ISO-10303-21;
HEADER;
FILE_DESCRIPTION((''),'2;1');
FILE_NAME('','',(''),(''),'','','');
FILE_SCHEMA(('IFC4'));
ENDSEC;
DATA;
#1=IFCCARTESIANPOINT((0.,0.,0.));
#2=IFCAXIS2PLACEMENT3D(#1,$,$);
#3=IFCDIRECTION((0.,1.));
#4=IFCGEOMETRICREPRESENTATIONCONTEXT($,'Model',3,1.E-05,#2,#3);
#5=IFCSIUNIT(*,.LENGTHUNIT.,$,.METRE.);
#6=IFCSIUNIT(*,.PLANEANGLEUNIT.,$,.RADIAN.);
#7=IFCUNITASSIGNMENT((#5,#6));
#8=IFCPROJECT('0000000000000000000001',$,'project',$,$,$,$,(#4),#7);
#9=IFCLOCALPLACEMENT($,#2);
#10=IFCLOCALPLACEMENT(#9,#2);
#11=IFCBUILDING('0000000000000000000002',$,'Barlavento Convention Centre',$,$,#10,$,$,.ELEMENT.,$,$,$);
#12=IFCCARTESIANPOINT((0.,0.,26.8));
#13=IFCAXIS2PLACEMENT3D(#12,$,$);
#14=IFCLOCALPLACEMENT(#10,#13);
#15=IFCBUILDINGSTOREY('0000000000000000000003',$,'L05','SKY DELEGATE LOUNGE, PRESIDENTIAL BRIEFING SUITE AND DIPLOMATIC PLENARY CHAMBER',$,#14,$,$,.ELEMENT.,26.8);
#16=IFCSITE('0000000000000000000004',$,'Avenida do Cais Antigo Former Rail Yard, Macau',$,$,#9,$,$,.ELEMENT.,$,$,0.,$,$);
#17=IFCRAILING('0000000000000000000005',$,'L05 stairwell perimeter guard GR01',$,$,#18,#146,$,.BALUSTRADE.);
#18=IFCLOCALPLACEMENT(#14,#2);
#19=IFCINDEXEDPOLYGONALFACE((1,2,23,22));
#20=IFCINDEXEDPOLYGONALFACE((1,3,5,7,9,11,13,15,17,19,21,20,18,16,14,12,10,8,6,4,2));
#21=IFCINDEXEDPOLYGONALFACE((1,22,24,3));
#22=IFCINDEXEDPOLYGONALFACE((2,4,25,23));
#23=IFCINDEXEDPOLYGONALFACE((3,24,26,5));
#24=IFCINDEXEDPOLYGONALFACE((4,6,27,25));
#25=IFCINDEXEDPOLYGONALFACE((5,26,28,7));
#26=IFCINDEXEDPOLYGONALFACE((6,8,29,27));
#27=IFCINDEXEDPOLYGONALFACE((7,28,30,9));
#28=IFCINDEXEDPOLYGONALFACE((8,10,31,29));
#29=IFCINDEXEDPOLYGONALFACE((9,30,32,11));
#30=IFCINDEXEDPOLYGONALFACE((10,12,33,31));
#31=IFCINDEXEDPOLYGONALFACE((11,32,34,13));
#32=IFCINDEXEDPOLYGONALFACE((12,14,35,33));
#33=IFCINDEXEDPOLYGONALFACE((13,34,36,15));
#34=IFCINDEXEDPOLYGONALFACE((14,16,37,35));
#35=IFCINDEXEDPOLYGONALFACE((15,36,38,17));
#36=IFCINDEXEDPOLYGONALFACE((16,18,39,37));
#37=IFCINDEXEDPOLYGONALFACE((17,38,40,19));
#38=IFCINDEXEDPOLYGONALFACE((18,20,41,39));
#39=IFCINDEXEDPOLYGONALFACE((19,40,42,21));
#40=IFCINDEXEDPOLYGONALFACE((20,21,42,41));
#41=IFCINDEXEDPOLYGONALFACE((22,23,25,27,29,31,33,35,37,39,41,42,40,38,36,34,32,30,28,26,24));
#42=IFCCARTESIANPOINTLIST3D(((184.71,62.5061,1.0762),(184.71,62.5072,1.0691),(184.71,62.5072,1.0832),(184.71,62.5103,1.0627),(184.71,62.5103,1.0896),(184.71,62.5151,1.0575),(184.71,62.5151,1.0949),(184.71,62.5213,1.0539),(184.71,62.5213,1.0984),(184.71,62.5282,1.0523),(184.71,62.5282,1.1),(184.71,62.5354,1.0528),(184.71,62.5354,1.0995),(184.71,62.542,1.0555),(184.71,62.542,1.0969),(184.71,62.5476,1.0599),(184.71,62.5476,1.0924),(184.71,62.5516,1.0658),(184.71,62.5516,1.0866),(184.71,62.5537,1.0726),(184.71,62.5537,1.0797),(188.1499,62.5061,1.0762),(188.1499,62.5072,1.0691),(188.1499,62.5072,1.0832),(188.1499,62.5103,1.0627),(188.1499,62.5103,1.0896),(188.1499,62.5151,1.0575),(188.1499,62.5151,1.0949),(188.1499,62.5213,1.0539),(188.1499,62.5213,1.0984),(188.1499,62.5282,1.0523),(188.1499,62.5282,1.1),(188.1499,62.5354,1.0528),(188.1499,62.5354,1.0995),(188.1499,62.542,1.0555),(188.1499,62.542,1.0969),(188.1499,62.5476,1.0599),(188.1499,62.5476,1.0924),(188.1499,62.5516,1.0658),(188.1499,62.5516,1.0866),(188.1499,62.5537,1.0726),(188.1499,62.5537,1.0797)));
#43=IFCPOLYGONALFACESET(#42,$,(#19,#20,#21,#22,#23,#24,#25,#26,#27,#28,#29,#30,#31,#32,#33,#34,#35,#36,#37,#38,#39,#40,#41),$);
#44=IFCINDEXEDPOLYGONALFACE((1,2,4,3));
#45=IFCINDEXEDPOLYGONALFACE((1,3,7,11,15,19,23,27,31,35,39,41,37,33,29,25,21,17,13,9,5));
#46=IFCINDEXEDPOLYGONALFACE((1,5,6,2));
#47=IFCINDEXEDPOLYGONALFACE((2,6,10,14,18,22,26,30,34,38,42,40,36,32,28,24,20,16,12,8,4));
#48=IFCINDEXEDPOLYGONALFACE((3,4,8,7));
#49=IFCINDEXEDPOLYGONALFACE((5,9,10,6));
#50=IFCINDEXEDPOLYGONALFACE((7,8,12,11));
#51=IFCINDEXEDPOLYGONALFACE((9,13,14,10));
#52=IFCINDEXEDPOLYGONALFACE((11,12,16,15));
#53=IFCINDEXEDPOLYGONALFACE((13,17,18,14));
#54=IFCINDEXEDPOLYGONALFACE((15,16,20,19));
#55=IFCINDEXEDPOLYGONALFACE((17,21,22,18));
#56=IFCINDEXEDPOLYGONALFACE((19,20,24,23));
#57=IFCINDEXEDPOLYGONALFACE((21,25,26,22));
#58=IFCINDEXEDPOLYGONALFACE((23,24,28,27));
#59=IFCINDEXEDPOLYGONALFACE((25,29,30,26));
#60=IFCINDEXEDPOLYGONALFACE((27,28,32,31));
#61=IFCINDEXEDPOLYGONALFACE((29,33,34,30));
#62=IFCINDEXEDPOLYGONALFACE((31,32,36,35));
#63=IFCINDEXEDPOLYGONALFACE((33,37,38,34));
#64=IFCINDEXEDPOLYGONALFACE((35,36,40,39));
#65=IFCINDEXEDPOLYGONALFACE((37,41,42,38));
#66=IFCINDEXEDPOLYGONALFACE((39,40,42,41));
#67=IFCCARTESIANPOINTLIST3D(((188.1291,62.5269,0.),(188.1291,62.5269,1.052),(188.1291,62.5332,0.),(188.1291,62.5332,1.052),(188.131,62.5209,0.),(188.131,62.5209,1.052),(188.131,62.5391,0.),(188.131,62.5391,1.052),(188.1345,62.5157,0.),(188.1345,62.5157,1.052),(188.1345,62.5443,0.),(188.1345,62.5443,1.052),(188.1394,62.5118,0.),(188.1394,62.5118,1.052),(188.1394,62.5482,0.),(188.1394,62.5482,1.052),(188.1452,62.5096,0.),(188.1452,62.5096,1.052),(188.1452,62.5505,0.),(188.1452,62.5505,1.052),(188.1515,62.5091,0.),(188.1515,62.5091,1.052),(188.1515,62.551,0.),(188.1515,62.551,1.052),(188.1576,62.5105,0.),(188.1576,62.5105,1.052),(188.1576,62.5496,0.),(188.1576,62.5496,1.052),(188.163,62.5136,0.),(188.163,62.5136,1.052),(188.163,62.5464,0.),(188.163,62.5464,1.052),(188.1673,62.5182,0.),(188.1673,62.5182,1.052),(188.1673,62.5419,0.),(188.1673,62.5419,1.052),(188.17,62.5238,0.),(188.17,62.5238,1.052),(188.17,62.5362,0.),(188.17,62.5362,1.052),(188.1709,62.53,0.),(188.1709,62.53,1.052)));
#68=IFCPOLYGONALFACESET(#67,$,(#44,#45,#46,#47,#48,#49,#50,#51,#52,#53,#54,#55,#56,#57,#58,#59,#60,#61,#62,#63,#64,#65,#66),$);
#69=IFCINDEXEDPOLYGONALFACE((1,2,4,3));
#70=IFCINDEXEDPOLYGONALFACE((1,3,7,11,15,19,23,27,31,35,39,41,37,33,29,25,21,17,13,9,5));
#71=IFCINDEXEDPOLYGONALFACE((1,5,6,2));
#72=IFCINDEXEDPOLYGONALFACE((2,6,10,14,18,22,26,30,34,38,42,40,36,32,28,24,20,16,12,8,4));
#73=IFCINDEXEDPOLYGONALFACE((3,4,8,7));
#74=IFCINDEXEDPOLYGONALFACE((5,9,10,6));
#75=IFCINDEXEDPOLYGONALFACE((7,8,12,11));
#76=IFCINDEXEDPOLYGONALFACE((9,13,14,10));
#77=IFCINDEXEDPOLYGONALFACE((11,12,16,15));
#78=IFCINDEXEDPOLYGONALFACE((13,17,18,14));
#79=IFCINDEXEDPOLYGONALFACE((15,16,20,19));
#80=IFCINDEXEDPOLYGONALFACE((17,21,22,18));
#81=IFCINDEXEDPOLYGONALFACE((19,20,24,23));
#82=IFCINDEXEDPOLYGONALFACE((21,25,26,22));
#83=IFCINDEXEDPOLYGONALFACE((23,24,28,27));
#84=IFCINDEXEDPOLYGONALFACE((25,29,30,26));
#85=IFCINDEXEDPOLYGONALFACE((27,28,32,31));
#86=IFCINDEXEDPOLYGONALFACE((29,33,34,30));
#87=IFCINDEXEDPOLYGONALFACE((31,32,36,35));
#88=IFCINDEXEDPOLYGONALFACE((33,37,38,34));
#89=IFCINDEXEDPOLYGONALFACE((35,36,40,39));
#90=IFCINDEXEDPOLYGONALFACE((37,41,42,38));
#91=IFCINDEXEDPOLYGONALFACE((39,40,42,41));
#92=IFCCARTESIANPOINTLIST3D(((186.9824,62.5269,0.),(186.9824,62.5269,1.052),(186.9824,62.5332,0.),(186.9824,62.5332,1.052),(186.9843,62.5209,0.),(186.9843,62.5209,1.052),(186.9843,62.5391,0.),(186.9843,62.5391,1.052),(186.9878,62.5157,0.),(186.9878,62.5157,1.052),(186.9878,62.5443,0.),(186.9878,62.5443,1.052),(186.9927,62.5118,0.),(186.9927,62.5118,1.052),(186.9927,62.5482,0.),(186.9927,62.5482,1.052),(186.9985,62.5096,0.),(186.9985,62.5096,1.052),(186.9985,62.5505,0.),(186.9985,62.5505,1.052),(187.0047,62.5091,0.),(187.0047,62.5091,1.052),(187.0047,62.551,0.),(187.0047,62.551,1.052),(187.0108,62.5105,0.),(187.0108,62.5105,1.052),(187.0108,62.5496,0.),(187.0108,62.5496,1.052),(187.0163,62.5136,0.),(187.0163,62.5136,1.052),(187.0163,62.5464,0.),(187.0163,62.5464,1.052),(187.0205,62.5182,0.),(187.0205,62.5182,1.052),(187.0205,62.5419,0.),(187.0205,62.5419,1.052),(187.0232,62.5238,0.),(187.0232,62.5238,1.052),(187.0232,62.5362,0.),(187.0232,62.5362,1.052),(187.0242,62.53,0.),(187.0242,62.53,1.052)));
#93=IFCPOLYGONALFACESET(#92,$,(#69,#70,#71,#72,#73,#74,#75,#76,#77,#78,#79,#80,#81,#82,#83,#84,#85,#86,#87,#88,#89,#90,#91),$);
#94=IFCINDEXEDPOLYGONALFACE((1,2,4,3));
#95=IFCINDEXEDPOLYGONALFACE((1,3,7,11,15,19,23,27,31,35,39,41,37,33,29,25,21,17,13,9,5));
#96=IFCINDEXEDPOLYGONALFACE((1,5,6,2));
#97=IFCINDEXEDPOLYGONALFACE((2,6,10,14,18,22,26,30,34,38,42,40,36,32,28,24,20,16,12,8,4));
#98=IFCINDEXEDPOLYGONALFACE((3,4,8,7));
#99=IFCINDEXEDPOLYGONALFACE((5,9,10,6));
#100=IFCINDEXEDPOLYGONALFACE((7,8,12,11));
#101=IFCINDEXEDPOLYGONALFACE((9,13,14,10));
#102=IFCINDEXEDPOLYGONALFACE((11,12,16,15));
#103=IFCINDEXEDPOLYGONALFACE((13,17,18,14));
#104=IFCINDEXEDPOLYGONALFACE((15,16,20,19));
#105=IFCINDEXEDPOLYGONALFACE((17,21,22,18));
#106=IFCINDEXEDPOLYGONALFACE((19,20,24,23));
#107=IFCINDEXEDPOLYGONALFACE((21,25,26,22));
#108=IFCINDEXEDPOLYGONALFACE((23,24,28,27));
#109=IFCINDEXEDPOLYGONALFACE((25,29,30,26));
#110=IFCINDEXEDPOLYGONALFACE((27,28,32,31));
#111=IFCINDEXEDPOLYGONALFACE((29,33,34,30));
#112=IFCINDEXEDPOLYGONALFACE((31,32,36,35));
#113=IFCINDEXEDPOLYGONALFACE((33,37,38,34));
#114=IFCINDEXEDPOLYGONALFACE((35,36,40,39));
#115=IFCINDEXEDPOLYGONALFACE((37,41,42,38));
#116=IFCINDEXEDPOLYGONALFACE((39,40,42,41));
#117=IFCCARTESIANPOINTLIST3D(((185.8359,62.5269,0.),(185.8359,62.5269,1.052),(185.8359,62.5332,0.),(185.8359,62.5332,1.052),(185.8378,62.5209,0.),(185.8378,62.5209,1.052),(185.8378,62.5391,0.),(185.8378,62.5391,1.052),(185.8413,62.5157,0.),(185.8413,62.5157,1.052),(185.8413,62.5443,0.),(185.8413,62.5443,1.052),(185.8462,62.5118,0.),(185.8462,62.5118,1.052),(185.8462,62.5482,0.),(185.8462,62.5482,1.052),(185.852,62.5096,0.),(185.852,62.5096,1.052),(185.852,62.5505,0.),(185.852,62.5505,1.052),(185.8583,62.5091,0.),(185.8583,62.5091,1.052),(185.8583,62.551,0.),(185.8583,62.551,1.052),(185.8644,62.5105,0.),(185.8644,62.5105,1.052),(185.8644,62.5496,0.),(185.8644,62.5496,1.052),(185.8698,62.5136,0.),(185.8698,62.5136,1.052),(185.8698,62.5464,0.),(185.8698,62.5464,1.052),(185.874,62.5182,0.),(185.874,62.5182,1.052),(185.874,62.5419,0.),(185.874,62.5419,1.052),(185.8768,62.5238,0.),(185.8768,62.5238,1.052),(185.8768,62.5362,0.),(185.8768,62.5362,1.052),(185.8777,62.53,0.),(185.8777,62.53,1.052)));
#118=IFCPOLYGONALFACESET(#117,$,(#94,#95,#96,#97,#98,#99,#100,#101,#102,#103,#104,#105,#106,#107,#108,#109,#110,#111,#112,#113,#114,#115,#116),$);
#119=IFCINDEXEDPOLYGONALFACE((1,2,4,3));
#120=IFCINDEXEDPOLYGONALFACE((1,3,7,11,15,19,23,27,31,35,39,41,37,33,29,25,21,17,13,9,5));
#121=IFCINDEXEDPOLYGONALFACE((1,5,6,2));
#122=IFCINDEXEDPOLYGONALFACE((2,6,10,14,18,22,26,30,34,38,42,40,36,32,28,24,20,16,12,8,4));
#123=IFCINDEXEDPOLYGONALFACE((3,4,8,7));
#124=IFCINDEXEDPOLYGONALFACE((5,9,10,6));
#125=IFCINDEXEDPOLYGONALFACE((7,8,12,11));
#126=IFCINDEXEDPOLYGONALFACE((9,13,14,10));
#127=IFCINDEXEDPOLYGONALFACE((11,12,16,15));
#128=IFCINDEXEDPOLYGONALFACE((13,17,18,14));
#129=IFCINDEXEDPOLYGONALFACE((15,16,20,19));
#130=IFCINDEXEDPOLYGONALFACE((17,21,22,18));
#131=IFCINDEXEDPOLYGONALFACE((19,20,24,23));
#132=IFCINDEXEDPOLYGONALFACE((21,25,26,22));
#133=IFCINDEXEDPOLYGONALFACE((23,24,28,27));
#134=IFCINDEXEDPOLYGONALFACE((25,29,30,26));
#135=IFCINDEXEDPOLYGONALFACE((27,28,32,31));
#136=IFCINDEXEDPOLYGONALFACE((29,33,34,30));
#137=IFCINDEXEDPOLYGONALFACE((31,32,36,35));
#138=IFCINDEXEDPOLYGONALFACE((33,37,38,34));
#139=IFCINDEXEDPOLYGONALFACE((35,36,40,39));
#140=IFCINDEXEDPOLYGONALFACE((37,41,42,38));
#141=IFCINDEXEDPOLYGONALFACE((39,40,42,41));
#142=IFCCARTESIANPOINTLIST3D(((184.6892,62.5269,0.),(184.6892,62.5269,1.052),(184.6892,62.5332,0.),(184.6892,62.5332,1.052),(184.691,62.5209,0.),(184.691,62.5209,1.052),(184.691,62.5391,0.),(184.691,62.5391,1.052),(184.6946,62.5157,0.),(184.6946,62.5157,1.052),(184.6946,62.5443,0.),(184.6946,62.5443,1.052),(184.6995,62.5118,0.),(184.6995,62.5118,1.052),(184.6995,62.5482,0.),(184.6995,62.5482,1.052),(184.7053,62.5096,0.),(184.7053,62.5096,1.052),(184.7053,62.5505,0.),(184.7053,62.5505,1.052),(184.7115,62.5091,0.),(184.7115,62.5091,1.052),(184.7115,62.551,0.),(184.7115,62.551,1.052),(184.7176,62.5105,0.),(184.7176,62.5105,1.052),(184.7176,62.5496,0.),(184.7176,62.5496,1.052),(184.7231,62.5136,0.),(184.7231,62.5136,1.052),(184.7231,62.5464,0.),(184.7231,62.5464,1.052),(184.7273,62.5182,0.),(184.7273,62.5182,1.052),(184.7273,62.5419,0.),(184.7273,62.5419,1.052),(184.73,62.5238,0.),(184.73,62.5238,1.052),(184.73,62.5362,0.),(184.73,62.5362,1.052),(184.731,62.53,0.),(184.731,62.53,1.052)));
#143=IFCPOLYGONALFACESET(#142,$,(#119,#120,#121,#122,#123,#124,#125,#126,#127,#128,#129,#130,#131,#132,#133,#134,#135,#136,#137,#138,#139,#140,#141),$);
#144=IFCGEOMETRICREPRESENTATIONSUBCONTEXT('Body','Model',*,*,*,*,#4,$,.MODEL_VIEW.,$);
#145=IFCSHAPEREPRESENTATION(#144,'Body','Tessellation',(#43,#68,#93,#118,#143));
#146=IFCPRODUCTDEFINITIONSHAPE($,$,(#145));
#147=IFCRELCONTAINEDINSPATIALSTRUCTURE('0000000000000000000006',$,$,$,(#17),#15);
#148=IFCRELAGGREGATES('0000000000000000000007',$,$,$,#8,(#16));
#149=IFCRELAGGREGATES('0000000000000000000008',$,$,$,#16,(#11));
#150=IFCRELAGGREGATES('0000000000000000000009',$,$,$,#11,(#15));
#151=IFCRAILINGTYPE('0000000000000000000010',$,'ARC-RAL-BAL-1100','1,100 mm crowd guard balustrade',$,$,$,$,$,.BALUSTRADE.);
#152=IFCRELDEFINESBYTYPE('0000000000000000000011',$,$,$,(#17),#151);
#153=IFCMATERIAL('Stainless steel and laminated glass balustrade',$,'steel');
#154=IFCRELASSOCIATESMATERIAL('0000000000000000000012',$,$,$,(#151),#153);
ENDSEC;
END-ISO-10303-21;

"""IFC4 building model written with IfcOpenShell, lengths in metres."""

from ifc_helpers import new_model, si_unit, direction, frame, origin, origin_2d, place, context, subcontext, project, spatial, circle, extrude, material, type_object, element, save


model = new_model("IFC4")

# Units and contexts
model_context = context("Model", 3, precision=1e-05, world=origin(), true_north=direction((0.0, 1.0)))
body_context = subcontext(model_context, "Body", "Model", "MODEL_VIEW")
ifc_project = project(units=[si_unit("LENGTHUNIT", "METRE"), si_unit("PLANEANGLEUNIT", "RADIAN")], contexts=[model_context])

# Site, building, storey
site_placement = place(None, origin())
site = spatial("IfcSite", under=ifc_project, at=site_placement, Name="Avenida do Cais Antigo Former Rail Yard, Macau", CompositionType="ELEMENT", RefElevation=0.0)
building_placement = place(site_placement, origin())
building = spatial("IfcBuilding", under=site, at=building_placement, Name="Barlavento Convention Centre", CompositionType="ELEMENT")
storey_placement = place(building_placement, frame((0.0, 0.0, 26.8)))
storey = spatial("IfcBuildingStorey", under=building, at=storey_placement, Name="L05", Description="SKY DELEGATE LOUNGE, PRESIDENTIAL BRIEFING SUITE AND DIPLOMATIC PLENARY CHAMBER", CompositionType="ELEMENT", Elevation=26.8)

# Railing
ifc_material_1 = material(Name="Stainless steel and laminated glass balustrade", Category="steel")
railing_type = type_object("IfcRailingType", Name="ARC-RAL-BAL-1100", Description="1,100 mm crowd guard balustrade", PredefinedType="BALUSTRADE", material=ifc_material_1)
railing_1_placement = place(storey_placement, frame((188.1499, 62.53, 0.0)))
element("IfcRailing", 1, at=railing_1_placement, inside=storey, type_object=railing_type, Name="L05 stairwell perimeter guard GR01", PredefinedType="BALUSTRADE", context=body_context, shape_type="SweptSolid", body=[
    extrude(circle(Radius=0.0239, at=origin_2d()), frame((0.0, 0.0, 1.0762), z_axis=(-1.0, 0.0, 0.0), x_axis=(0.0, -1.0, 0.0)), (0.0, 0.0, 1.0), 3.4399),
    extrude(circle(Radius=0.021, at=origin_2d()), origin(), (0.0, 0.0, 1.0), 1.052),
    extrude(circle(Radius=0.021, at=origin_2d()), frame((-1.1467, 0.0, 0.0)), (0.0, 0.0, 1.0), 1.052),
    extrude(circle(Radius=0.021, at=origin_2d()), frame((-2.2932, 0.0, 0.0)), (0.0, 0.0, 1.0), 1.052),
    extrude(circle(Radius=0.021, at=origin_2d()), frame((-3.4399, 0.0, 0.0)), (0.0, 0.0, 1.0), 1.052),
])

save(model, "model.ifc")
